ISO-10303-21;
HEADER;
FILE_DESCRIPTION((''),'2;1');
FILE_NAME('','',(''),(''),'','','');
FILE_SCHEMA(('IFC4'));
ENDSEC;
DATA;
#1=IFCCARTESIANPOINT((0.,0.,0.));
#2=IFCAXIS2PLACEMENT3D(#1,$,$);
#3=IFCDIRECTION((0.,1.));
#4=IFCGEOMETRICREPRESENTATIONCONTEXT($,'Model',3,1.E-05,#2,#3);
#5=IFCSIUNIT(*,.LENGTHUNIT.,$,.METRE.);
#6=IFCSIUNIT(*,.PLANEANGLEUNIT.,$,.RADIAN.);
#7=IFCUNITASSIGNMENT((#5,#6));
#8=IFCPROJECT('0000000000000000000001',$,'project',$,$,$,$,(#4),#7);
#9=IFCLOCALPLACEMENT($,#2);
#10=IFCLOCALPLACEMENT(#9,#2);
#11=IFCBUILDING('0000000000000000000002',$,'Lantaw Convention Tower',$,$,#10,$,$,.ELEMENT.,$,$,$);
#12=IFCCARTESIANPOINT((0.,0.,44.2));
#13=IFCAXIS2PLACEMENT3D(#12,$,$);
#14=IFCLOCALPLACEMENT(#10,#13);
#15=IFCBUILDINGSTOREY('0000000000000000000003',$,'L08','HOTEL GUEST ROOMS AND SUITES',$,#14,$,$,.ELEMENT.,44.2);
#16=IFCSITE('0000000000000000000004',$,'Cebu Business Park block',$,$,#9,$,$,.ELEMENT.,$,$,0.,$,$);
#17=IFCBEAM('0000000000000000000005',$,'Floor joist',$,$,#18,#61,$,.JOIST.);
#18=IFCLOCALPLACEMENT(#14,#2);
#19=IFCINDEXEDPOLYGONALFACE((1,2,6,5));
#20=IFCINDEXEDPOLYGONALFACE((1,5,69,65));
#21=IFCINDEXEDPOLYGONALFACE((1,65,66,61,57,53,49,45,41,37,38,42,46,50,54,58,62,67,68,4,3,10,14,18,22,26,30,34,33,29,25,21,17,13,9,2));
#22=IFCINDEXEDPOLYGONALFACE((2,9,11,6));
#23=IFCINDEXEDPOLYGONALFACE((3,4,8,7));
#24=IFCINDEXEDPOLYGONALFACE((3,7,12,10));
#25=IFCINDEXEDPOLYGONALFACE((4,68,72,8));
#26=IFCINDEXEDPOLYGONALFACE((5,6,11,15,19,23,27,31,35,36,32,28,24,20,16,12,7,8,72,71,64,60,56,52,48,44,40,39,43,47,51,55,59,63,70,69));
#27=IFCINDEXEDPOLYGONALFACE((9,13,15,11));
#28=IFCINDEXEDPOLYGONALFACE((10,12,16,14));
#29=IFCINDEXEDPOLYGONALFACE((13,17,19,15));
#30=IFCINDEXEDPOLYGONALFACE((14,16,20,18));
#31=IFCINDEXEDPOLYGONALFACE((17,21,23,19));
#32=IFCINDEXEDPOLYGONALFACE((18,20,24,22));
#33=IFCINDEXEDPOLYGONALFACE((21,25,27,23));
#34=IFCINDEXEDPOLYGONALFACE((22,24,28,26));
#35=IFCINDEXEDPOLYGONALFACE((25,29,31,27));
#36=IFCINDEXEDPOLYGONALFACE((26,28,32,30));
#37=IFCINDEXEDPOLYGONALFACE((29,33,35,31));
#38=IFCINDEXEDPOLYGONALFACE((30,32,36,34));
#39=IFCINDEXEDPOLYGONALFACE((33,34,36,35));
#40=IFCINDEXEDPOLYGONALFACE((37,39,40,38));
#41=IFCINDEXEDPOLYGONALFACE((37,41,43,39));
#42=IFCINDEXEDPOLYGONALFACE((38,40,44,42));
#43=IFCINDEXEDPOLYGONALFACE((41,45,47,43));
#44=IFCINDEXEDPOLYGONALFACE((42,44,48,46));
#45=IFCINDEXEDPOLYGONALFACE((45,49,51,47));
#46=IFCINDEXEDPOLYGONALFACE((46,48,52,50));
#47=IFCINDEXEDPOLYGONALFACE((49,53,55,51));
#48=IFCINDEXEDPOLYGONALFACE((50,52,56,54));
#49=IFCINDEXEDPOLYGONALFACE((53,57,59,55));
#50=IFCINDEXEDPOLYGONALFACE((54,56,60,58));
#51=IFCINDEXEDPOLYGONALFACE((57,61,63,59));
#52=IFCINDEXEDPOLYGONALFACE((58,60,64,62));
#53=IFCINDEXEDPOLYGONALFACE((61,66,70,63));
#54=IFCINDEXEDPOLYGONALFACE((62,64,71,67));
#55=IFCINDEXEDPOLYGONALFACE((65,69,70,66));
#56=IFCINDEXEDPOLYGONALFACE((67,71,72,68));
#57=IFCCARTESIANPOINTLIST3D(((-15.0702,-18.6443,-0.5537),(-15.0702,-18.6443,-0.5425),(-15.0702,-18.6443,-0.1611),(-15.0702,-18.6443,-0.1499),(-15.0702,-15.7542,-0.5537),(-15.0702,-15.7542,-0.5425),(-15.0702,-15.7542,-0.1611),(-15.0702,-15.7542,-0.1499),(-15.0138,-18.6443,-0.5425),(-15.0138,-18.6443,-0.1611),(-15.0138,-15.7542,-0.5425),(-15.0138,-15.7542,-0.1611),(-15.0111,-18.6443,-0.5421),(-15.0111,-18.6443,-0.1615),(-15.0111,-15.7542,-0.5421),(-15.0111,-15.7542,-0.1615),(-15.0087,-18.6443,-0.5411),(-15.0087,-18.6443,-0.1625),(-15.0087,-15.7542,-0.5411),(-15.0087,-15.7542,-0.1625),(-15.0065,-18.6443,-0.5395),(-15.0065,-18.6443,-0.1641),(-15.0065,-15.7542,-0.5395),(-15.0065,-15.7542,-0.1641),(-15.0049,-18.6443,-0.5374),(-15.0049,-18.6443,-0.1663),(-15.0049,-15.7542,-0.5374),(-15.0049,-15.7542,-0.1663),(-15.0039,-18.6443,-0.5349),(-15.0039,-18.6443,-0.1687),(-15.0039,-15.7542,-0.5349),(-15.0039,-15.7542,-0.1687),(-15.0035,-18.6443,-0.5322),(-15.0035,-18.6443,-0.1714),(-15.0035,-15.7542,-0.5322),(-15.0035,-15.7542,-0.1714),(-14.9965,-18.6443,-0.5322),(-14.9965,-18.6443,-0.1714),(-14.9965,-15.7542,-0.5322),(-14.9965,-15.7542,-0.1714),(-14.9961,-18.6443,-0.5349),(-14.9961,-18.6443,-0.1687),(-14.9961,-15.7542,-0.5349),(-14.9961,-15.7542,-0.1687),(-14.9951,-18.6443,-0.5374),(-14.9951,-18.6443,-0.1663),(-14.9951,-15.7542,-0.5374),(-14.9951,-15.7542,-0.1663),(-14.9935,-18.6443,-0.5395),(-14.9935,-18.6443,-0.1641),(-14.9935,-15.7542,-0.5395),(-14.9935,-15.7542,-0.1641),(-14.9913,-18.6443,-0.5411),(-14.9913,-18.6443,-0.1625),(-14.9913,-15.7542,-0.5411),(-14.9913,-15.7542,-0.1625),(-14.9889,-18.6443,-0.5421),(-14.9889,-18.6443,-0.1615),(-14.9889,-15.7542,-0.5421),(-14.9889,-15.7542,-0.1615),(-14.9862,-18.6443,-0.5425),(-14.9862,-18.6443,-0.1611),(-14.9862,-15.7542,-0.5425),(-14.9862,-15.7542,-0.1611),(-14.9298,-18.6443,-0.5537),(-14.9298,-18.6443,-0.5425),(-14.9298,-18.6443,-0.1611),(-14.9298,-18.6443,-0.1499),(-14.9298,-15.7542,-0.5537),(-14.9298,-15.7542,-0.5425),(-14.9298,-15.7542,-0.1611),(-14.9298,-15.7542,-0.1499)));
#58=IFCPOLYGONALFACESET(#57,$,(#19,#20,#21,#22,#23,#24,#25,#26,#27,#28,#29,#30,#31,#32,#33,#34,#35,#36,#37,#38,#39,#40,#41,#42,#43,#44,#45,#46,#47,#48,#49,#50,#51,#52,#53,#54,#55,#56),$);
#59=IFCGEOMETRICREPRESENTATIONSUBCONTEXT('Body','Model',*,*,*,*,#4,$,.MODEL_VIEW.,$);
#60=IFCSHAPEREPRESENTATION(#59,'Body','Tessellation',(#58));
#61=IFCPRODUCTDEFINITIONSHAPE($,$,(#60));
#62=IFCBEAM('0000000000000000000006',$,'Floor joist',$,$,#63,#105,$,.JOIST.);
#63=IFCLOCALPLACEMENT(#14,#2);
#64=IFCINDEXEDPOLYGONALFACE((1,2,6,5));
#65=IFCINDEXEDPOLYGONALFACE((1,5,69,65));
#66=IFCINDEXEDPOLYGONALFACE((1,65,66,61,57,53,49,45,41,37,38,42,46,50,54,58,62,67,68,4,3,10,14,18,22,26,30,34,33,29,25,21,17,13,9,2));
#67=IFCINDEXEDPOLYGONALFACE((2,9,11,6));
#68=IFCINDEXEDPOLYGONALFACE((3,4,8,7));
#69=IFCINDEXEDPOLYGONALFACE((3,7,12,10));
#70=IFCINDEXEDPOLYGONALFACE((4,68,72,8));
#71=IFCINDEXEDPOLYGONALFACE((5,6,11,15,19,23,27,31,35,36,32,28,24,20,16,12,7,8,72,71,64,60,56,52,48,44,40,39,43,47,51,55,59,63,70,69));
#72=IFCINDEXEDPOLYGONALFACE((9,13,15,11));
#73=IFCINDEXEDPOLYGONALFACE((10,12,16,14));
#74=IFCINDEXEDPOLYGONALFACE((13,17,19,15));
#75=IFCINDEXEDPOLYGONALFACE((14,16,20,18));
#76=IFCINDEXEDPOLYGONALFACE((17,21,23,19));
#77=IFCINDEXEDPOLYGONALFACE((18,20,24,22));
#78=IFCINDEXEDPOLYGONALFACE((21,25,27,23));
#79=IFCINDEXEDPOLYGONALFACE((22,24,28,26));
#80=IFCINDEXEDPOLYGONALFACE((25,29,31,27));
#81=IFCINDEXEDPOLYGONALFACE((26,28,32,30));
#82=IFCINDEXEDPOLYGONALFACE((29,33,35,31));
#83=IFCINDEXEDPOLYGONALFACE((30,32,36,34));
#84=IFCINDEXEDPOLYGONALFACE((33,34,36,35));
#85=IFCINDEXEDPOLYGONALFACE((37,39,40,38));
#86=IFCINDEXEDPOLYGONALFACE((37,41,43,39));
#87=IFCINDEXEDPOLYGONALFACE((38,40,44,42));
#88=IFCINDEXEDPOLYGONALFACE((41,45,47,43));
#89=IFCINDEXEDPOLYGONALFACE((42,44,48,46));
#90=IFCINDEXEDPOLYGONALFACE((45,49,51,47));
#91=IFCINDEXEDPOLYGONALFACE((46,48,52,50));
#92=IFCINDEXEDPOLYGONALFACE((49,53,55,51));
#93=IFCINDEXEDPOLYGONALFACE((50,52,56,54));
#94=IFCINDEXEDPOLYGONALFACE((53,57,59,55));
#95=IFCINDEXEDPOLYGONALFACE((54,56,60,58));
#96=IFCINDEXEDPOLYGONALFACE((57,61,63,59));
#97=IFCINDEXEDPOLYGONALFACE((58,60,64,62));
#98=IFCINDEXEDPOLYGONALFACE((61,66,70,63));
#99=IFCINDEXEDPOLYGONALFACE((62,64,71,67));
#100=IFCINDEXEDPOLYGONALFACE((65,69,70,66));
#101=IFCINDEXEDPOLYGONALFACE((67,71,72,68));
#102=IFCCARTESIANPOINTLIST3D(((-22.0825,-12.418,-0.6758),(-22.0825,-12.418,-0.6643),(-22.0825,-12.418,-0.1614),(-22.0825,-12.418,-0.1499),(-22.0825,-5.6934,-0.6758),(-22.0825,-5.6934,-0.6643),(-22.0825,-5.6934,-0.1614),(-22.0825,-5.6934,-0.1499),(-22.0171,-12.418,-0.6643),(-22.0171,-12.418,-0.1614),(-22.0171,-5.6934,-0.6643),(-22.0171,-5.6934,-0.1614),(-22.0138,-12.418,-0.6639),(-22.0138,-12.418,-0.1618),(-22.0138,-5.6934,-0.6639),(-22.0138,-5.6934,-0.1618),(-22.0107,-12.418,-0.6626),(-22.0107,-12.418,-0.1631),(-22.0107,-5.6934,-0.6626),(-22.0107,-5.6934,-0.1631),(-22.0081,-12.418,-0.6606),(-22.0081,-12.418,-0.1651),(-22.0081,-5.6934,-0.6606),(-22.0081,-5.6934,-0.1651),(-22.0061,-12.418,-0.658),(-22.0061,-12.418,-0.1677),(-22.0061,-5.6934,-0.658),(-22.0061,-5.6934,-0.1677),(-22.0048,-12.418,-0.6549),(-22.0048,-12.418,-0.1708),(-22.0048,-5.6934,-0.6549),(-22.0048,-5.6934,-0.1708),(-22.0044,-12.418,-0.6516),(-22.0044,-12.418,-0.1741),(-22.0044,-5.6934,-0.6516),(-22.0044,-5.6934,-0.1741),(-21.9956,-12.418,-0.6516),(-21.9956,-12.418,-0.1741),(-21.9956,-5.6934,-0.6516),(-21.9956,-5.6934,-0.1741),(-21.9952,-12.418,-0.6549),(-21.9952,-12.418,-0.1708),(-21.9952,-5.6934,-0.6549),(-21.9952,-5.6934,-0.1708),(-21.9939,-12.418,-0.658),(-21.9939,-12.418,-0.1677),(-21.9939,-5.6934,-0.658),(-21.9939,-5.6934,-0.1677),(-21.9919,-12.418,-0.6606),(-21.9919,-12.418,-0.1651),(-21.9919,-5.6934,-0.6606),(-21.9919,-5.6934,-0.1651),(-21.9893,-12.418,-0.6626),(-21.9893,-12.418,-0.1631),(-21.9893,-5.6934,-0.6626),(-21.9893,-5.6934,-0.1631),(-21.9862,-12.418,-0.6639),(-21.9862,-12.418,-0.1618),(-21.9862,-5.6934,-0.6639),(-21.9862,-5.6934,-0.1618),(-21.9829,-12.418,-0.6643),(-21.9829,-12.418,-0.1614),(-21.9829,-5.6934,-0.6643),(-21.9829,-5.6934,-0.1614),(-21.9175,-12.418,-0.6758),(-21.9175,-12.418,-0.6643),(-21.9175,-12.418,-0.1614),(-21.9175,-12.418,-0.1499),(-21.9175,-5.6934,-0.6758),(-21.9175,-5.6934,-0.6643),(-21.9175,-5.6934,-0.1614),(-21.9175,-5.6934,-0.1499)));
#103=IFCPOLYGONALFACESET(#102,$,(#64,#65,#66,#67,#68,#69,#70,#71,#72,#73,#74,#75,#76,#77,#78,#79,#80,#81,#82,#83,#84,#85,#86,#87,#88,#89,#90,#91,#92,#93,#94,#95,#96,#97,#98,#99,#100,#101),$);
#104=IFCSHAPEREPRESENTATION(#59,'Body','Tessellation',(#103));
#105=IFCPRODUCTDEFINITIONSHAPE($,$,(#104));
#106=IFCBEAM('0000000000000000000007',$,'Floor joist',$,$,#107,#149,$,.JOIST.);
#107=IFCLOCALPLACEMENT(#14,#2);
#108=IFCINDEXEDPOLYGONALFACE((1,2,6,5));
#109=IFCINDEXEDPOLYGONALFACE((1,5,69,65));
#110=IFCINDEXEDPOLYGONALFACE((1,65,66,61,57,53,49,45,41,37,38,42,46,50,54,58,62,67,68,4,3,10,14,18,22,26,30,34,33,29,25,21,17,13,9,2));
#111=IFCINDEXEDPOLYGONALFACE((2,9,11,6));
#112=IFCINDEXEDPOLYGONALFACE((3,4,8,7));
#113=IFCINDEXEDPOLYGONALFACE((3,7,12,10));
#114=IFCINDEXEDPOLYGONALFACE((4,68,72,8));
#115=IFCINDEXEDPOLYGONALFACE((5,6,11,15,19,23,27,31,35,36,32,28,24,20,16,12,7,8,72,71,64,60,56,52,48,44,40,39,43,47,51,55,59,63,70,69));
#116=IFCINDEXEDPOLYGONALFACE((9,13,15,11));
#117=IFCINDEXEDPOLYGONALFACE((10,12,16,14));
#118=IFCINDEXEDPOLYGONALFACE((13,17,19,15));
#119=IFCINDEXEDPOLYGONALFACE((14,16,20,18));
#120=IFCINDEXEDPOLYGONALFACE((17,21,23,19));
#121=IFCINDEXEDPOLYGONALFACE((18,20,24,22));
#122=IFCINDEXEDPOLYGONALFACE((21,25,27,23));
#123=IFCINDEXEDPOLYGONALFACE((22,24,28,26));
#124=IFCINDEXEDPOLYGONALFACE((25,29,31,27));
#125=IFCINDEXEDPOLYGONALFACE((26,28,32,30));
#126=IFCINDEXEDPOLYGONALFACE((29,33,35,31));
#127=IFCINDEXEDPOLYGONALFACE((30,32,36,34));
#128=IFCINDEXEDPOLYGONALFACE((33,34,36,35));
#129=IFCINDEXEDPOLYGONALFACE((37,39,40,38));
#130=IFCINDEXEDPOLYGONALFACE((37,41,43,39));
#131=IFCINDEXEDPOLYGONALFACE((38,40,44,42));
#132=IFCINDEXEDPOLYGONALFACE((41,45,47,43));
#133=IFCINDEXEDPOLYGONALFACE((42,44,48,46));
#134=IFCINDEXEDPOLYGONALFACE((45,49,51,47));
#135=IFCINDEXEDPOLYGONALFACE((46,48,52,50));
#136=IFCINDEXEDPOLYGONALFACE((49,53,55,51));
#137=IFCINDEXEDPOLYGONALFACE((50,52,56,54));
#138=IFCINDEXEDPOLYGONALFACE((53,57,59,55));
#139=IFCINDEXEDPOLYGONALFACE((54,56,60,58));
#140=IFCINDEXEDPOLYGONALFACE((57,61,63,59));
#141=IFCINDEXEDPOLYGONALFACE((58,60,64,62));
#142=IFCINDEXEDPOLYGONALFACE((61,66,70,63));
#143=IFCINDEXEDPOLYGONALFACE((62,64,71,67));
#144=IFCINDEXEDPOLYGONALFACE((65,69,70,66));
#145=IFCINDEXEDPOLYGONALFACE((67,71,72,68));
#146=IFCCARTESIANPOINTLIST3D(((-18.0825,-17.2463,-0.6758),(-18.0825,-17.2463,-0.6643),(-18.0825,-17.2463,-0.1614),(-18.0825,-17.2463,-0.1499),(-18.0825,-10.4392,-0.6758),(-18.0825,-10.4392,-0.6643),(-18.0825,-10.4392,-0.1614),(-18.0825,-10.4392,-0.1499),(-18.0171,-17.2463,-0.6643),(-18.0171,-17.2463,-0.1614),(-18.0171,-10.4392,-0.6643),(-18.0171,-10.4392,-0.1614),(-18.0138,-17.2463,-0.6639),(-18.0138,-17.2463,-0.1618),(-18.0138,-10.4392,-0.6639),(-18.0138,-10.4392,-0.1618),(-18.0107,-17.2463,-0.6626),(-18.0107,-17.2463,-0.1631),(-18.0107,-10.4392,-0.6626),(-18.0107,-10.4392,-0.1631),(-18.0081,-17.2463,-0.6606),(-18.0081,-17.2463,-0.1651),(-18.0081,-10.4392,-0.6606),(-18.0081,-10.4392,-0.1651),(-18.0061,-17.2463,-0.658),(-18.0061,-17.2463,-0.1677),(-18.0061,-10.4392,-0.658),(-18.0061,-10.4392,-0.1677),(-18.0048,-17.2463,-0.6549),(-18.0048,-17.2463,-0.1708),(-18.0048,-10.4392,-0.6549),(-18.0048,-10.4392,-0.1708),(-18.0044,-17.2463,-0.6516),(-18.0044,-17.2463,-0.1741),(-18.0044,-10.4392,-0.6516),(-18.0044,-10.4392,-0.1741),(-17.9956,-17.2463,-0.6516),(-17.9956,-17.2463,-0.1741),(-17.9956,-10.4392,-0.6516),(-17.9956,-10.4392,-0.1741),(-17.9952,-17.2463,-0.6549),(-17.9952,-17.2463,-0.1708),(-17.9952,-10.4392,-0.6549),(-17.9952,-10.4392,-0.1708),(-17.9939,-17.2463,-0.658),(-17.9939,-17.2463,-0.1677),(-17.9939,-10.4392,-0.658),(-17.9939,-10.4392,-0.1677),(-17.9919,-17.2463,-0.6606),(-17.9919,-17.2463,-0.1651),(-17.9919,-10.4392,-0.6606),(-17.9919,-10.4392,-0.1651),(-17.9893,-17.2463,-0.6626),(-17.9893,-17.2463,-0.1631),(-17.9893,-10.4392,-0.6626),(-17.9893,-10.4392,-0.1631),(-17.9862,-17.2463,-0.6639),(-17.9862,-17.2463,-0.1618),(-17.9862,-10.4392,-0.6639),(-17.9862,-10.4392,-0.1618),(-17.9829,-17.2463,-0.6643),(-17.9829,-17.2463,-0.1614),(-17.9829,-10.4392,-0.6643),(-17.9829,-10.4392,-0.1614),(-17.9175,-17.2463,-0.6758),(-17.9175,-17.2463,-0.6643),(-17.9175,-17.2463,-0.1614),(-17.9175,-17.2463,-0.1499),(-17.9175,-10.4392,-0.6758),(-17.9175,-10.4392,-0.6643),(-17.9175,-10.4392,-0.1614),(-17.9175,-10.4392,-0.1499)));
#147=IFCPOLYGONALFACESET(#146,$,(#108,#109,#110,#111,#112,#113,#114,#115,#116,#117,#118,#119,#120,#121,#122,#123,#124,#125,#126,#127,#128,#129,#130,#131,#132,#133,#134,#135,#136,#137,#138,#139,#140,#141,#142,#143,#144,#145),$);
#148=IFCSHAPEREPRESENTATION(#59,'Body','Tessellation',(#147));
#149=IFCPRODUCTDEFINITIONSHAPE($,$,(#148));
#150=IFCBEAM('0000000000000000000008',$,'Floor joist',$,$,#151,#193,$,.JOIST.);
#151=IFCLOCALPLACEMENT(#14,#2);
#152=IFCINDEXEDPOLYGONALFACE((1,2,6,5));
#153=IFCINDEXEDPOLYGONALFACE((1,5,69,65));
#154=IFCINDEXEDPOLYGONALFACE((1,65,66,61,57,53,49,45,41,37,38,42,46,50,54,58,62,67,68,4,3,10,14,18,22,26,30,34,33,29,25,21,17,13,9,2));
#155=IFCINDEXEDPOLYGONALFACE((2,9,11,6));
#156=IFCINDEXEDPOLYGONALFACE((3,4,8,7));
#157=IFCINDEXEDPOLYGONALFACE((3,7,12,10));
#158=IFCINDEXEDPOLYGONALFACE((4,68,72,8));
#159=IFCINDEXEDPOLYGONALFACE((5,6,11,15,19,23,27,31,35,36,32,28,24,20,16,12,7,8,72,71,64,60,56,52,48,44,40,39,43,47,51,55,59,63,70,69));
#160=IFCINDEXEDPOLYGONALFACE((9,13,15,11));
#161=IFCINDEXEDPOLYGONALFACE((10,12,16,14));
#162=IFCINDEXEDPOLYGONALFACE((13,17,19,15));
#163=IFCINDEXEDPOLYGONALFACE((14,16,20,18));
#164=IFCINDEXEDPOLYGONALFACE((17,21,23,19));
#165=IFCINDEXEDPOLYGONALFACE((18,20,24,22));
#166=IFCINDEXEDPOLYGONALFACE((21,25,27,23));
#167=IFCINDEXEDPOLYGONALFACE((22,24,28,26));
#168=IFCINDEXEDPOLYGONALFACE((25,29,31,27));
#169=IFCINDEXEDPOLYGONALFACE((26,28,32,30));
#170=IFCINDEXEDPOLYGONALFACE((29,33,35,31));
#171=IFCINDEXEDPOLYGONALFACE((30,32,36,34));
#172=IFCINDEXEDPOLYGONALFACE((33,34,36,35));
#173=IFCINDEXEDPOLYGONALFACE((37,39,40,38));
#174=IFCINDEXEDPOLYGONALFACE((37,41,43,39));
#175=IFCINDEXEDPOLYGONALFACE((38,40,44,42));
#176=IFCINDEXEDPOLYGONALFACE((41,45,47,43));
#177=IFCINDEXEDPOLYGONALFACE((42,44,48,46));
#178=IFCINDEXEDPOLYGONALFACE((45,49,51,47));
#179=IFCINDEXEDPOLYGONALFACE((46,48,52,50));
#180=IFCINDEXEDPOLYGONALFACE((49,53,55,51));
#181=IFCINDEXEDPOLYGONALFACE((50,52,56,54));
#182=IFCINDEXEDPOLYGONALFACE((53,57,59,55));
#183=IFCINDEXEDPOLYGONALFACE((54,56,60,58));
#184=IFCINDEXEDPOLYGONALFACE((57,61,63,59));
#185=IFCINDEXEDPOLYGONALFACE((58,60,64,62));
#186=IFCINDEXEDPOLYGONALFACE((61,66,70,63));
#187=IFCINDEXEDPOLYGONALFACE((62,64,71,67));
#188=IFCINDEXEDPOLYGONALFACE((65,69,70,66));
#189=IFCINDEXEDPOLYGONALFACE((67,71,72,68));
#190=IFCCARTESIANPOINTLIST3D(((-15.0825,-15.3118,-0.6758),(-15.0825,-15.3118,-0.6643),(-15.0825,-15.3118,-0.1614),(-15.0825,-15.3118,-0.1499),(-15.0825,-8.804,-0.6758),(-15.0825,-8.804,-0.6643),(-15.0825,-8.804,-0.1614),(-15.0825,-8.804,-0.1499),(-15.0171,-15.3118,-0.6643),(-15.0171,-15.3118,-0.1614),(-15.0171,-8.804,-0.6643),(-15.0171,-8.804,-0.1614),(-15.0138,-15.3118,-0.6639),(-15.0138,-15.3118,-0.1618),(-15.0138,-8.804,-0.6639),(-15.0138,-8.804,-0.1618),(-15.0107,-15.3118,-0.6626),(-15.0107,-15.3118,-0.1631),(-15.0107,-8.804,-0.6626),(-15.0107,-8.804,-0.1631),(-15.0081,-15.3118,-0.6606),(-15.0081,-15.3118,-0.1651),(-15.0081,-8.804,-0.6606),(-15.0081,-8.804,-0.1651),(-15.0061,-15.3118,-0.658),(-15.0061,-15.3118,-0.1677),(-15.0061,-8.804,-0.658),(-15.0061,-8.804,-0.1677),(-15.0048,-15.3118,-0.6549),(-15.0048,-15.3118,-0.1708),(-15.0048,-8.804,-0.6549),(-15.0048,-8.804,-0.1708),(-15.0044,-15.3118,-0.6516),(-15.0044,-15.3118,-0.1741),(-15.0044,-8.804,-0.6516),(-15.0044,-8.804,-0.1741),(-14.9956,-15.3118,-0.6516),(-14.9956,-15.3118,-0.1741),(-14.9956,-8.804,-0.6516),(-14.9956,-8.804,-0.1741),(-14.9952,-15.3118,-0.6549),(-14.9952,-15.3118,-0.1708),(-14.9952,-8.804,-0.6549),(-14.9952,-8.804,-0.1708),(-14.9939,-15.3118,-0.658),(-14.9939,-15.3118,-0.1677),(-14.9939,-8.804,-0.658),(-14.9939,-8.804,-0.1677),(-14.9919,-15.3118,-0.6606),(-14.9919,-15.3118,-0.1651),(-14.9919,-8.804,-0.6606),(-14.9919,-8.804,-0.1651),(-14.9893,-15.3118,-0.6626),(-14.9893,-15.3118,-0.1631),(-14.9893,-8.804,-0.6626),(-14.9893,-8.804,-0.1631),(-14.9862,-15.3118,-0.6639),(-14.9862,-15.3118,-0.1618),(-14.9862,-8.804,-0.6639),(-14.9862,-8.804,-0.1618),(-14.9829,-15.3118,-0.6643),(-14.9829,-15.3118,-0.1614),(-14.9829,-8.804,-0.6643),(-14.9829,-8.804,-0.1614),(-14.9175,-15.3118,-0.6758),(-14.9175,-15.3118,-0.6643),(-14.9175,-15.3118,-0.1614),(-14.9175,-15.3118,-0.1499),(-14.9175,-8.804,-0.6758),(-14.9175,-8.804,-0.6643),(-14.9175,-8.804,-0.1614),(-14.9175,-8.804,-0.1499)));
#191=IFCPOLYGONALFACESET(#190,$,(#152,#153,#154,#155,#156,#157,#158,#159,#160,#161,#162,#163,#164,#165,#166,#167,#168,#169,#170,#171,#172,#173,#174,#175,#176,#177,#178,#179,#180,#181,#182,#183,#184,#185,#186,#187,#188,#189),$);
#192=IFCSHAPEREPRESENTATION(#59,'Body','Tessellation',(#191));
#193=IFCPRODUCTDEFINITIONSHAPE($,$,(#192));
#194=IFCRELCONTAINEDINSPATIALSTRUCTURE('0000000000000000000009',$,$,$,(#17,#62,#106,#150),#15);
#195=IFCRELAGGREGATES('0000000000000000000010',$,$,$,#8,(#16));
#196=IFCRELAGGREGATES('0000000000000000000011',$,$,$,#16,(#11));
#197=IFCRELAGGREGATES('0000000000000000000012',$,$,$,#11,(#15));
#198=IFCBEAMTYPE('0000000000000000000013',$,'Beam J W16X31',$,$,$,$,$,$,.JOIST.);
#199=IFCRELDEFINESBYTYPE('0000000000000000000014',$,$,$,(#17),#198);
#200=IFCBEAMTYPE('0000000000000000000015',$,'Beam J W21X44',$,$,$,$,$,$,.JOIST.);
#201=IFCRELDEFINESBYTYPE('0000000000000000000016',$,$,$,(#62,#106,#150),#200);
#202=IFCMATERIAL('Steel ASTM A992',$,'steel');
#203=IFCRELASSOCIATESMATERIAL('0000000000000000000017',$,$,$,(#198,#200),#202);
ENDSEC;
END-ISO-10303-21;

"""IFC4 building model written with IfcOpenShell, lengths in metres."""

from ifc_helpers import new_model, si_unit, direction, frame, origin, origin_2d, place, context, subcontext, project, spatial, i_section, extrude, material, material_profile, profile_set, type_object, element, save


model = new_model("IFC4")

# Units and contexts
model_context = context("Model", 3, precision=1e-05, world=origin(), true_north=direction((0.0, 1.0)))
body_context = subcontext(model_context, "Body", "Model", "MODEL_VIEW")
ifc_project = project(units=[si_unit("LENGTHUNIT", "METRE"), si_unit("PLANEANGLEUNIT", "RADIAN")], contexts=[model_context])

# Site, building, storey
site_placement = place(None, origin())
site = spatial("IfcSite", under=ifc_project, at=site_placement, Name="Cebu Business Park block", CompositionType="ELEMENT", RefElevation=0.0)
building_placement = place(site_placement, origin())
building = spatial("IfcBuilding", under=site, at=building_placement, Name="Lantaw Convention Tower", CompositionType="ELEMENT")
storey_placement = place(building_placement, frame((0.0, 0.0, 44.2)))
storey = spatial("IfcBuildingStorey", under=building, at=storey_placement, Name="L08", Description="HOTEL GUEST ROOMS AND SUITES", CompositionType="ELEMENT", Elevation=44.2)

# Beams
ifc_material_1 = material(Name="Steel ASTM A992", Category="steel")
ifc_material_profile_1 = material_profile(ifc_material_1, i_section(OverallWidth=0.1404, OverallDepth=0.4038, WebThickness=0.0071, FlangeThickness=0.0112, FilletRadius=0.0103, at=origin_2d()), Name="W16X31")
ifc_profile_set_1 = profile_set([ifc_material_profile_1], Name="Steel ASTM A992")
beam_type_1 = type_object("IfcBeamType", Name="Beam J W16X31", PredefinedType="JOIST", material=ifc_profile_set_1)
beam_1_placement = place(storey_placement, frame((-15.0, -18.6443, -0.3518), z_axis=(0.0, 1.0, 0.0), x_axis=(-1.0, 0.0, 0.0)))
element("IfcBeam", 1, at=beam_1_placement, inside=storey, type_object=beam_type_1, Name="Floor joist", PredefinedType="JOIST", context=body_context, shape_type="SweptSolid", body=[
    extrude(i_section(OverallWidth=0.1404, OverallDepth=0.4038, WebThickness=0.0071, FlangeThickness=0.0112, FilletRadius=0.0103, at=origin_2d()), origin(), (0.0, 0.0, 1.0), 2.8901),
])
ifc_material_profile_2 = material_profile(ifc_material_1, i_section(OverallWidth=0.165, OverallDepth=0.5259, WebThickness=0.0088, FlangeThickness=0.0115, FilletRadius=0.0127, at=origin_2d()), Name="W21X44")
ifc_profile_set_2 = profile_set([ifc_material_profile_2], Name="Steel ASTM A992")
beam_type_2 = type_object("IfcBeamType", Name="Beam J W21X44", PredefinedType="JOIST", material=ifc_profile_set_2)
beam_2_placement = place(storey_placement, frame((-22.0, -12.418, -0.4128), z_axis=(0.0, 1.0, 0.0), x_axis=(-1.0, 0.0, 0.0)))
element("IfcBeam", 2, at=beam_2_placement, inside=storey, type_object=beam_type_2, Name="Floor joist", PredefinedType="JOIST", context=body_context, shape_type="SweptSolid", body=[
    extrude(i_section(OverallWidth=0.165, OverallDepth=0.5259, WebThickness=0.0088, FlangeThickness=0.0115, FilletRadius=0.0127, at=origin_2d()), origin(), (0.0, 0.0, 1.0), 6.7246),
])
beam_3_placement = place(storey_placement, frame((-18.0, -17.2463, -0.4128), z_axis=(0.0, 1.0, 0.0), x_axis=(-1.0, 0.0, 0.0)))
element("IfcBeam", 3, at=beam_3_placement, inside=storey, type_object=beam_type_2, Name="Floor joist", PredefinedType="JOIST", context=body_context, shape_type="SweptSolid", body=[
    extrude(i_section(OverallWidth=0.165, OverallDepth=0.5259, WebThickness=0.0088, FlangeThickness=0.0115, FilletRadius=0.0127, at=origin_2d()), origin(), (0.0, 0.0, 1.0), 6.8071),
])
beam_4_placement = place(storey_placement, frame((-15.0, -15.3118, -0.4128), z_axis=(0.0, 1.0, 0.0), x_axis=(-1.0, 0.0, 0.0)))
element("IfcBeam", 4, at=beam_4_placement, inside=storey, type_object=beam_type_2, Name="Floor joist", PredefinedType="JOIST", context=body_context, shape_type="SweptSolid", body=[
    extrude(i_section(OverallWidth=0.165, OverallDepth=0.5259, WebThickness=0.0088, FlangeThickness=0.0115, FilletRadius=0.0127, at=origin_2d()), origin(), (0.0, 0.0, 1.0), 6.5078),
])

save(model, "model.ifc")
